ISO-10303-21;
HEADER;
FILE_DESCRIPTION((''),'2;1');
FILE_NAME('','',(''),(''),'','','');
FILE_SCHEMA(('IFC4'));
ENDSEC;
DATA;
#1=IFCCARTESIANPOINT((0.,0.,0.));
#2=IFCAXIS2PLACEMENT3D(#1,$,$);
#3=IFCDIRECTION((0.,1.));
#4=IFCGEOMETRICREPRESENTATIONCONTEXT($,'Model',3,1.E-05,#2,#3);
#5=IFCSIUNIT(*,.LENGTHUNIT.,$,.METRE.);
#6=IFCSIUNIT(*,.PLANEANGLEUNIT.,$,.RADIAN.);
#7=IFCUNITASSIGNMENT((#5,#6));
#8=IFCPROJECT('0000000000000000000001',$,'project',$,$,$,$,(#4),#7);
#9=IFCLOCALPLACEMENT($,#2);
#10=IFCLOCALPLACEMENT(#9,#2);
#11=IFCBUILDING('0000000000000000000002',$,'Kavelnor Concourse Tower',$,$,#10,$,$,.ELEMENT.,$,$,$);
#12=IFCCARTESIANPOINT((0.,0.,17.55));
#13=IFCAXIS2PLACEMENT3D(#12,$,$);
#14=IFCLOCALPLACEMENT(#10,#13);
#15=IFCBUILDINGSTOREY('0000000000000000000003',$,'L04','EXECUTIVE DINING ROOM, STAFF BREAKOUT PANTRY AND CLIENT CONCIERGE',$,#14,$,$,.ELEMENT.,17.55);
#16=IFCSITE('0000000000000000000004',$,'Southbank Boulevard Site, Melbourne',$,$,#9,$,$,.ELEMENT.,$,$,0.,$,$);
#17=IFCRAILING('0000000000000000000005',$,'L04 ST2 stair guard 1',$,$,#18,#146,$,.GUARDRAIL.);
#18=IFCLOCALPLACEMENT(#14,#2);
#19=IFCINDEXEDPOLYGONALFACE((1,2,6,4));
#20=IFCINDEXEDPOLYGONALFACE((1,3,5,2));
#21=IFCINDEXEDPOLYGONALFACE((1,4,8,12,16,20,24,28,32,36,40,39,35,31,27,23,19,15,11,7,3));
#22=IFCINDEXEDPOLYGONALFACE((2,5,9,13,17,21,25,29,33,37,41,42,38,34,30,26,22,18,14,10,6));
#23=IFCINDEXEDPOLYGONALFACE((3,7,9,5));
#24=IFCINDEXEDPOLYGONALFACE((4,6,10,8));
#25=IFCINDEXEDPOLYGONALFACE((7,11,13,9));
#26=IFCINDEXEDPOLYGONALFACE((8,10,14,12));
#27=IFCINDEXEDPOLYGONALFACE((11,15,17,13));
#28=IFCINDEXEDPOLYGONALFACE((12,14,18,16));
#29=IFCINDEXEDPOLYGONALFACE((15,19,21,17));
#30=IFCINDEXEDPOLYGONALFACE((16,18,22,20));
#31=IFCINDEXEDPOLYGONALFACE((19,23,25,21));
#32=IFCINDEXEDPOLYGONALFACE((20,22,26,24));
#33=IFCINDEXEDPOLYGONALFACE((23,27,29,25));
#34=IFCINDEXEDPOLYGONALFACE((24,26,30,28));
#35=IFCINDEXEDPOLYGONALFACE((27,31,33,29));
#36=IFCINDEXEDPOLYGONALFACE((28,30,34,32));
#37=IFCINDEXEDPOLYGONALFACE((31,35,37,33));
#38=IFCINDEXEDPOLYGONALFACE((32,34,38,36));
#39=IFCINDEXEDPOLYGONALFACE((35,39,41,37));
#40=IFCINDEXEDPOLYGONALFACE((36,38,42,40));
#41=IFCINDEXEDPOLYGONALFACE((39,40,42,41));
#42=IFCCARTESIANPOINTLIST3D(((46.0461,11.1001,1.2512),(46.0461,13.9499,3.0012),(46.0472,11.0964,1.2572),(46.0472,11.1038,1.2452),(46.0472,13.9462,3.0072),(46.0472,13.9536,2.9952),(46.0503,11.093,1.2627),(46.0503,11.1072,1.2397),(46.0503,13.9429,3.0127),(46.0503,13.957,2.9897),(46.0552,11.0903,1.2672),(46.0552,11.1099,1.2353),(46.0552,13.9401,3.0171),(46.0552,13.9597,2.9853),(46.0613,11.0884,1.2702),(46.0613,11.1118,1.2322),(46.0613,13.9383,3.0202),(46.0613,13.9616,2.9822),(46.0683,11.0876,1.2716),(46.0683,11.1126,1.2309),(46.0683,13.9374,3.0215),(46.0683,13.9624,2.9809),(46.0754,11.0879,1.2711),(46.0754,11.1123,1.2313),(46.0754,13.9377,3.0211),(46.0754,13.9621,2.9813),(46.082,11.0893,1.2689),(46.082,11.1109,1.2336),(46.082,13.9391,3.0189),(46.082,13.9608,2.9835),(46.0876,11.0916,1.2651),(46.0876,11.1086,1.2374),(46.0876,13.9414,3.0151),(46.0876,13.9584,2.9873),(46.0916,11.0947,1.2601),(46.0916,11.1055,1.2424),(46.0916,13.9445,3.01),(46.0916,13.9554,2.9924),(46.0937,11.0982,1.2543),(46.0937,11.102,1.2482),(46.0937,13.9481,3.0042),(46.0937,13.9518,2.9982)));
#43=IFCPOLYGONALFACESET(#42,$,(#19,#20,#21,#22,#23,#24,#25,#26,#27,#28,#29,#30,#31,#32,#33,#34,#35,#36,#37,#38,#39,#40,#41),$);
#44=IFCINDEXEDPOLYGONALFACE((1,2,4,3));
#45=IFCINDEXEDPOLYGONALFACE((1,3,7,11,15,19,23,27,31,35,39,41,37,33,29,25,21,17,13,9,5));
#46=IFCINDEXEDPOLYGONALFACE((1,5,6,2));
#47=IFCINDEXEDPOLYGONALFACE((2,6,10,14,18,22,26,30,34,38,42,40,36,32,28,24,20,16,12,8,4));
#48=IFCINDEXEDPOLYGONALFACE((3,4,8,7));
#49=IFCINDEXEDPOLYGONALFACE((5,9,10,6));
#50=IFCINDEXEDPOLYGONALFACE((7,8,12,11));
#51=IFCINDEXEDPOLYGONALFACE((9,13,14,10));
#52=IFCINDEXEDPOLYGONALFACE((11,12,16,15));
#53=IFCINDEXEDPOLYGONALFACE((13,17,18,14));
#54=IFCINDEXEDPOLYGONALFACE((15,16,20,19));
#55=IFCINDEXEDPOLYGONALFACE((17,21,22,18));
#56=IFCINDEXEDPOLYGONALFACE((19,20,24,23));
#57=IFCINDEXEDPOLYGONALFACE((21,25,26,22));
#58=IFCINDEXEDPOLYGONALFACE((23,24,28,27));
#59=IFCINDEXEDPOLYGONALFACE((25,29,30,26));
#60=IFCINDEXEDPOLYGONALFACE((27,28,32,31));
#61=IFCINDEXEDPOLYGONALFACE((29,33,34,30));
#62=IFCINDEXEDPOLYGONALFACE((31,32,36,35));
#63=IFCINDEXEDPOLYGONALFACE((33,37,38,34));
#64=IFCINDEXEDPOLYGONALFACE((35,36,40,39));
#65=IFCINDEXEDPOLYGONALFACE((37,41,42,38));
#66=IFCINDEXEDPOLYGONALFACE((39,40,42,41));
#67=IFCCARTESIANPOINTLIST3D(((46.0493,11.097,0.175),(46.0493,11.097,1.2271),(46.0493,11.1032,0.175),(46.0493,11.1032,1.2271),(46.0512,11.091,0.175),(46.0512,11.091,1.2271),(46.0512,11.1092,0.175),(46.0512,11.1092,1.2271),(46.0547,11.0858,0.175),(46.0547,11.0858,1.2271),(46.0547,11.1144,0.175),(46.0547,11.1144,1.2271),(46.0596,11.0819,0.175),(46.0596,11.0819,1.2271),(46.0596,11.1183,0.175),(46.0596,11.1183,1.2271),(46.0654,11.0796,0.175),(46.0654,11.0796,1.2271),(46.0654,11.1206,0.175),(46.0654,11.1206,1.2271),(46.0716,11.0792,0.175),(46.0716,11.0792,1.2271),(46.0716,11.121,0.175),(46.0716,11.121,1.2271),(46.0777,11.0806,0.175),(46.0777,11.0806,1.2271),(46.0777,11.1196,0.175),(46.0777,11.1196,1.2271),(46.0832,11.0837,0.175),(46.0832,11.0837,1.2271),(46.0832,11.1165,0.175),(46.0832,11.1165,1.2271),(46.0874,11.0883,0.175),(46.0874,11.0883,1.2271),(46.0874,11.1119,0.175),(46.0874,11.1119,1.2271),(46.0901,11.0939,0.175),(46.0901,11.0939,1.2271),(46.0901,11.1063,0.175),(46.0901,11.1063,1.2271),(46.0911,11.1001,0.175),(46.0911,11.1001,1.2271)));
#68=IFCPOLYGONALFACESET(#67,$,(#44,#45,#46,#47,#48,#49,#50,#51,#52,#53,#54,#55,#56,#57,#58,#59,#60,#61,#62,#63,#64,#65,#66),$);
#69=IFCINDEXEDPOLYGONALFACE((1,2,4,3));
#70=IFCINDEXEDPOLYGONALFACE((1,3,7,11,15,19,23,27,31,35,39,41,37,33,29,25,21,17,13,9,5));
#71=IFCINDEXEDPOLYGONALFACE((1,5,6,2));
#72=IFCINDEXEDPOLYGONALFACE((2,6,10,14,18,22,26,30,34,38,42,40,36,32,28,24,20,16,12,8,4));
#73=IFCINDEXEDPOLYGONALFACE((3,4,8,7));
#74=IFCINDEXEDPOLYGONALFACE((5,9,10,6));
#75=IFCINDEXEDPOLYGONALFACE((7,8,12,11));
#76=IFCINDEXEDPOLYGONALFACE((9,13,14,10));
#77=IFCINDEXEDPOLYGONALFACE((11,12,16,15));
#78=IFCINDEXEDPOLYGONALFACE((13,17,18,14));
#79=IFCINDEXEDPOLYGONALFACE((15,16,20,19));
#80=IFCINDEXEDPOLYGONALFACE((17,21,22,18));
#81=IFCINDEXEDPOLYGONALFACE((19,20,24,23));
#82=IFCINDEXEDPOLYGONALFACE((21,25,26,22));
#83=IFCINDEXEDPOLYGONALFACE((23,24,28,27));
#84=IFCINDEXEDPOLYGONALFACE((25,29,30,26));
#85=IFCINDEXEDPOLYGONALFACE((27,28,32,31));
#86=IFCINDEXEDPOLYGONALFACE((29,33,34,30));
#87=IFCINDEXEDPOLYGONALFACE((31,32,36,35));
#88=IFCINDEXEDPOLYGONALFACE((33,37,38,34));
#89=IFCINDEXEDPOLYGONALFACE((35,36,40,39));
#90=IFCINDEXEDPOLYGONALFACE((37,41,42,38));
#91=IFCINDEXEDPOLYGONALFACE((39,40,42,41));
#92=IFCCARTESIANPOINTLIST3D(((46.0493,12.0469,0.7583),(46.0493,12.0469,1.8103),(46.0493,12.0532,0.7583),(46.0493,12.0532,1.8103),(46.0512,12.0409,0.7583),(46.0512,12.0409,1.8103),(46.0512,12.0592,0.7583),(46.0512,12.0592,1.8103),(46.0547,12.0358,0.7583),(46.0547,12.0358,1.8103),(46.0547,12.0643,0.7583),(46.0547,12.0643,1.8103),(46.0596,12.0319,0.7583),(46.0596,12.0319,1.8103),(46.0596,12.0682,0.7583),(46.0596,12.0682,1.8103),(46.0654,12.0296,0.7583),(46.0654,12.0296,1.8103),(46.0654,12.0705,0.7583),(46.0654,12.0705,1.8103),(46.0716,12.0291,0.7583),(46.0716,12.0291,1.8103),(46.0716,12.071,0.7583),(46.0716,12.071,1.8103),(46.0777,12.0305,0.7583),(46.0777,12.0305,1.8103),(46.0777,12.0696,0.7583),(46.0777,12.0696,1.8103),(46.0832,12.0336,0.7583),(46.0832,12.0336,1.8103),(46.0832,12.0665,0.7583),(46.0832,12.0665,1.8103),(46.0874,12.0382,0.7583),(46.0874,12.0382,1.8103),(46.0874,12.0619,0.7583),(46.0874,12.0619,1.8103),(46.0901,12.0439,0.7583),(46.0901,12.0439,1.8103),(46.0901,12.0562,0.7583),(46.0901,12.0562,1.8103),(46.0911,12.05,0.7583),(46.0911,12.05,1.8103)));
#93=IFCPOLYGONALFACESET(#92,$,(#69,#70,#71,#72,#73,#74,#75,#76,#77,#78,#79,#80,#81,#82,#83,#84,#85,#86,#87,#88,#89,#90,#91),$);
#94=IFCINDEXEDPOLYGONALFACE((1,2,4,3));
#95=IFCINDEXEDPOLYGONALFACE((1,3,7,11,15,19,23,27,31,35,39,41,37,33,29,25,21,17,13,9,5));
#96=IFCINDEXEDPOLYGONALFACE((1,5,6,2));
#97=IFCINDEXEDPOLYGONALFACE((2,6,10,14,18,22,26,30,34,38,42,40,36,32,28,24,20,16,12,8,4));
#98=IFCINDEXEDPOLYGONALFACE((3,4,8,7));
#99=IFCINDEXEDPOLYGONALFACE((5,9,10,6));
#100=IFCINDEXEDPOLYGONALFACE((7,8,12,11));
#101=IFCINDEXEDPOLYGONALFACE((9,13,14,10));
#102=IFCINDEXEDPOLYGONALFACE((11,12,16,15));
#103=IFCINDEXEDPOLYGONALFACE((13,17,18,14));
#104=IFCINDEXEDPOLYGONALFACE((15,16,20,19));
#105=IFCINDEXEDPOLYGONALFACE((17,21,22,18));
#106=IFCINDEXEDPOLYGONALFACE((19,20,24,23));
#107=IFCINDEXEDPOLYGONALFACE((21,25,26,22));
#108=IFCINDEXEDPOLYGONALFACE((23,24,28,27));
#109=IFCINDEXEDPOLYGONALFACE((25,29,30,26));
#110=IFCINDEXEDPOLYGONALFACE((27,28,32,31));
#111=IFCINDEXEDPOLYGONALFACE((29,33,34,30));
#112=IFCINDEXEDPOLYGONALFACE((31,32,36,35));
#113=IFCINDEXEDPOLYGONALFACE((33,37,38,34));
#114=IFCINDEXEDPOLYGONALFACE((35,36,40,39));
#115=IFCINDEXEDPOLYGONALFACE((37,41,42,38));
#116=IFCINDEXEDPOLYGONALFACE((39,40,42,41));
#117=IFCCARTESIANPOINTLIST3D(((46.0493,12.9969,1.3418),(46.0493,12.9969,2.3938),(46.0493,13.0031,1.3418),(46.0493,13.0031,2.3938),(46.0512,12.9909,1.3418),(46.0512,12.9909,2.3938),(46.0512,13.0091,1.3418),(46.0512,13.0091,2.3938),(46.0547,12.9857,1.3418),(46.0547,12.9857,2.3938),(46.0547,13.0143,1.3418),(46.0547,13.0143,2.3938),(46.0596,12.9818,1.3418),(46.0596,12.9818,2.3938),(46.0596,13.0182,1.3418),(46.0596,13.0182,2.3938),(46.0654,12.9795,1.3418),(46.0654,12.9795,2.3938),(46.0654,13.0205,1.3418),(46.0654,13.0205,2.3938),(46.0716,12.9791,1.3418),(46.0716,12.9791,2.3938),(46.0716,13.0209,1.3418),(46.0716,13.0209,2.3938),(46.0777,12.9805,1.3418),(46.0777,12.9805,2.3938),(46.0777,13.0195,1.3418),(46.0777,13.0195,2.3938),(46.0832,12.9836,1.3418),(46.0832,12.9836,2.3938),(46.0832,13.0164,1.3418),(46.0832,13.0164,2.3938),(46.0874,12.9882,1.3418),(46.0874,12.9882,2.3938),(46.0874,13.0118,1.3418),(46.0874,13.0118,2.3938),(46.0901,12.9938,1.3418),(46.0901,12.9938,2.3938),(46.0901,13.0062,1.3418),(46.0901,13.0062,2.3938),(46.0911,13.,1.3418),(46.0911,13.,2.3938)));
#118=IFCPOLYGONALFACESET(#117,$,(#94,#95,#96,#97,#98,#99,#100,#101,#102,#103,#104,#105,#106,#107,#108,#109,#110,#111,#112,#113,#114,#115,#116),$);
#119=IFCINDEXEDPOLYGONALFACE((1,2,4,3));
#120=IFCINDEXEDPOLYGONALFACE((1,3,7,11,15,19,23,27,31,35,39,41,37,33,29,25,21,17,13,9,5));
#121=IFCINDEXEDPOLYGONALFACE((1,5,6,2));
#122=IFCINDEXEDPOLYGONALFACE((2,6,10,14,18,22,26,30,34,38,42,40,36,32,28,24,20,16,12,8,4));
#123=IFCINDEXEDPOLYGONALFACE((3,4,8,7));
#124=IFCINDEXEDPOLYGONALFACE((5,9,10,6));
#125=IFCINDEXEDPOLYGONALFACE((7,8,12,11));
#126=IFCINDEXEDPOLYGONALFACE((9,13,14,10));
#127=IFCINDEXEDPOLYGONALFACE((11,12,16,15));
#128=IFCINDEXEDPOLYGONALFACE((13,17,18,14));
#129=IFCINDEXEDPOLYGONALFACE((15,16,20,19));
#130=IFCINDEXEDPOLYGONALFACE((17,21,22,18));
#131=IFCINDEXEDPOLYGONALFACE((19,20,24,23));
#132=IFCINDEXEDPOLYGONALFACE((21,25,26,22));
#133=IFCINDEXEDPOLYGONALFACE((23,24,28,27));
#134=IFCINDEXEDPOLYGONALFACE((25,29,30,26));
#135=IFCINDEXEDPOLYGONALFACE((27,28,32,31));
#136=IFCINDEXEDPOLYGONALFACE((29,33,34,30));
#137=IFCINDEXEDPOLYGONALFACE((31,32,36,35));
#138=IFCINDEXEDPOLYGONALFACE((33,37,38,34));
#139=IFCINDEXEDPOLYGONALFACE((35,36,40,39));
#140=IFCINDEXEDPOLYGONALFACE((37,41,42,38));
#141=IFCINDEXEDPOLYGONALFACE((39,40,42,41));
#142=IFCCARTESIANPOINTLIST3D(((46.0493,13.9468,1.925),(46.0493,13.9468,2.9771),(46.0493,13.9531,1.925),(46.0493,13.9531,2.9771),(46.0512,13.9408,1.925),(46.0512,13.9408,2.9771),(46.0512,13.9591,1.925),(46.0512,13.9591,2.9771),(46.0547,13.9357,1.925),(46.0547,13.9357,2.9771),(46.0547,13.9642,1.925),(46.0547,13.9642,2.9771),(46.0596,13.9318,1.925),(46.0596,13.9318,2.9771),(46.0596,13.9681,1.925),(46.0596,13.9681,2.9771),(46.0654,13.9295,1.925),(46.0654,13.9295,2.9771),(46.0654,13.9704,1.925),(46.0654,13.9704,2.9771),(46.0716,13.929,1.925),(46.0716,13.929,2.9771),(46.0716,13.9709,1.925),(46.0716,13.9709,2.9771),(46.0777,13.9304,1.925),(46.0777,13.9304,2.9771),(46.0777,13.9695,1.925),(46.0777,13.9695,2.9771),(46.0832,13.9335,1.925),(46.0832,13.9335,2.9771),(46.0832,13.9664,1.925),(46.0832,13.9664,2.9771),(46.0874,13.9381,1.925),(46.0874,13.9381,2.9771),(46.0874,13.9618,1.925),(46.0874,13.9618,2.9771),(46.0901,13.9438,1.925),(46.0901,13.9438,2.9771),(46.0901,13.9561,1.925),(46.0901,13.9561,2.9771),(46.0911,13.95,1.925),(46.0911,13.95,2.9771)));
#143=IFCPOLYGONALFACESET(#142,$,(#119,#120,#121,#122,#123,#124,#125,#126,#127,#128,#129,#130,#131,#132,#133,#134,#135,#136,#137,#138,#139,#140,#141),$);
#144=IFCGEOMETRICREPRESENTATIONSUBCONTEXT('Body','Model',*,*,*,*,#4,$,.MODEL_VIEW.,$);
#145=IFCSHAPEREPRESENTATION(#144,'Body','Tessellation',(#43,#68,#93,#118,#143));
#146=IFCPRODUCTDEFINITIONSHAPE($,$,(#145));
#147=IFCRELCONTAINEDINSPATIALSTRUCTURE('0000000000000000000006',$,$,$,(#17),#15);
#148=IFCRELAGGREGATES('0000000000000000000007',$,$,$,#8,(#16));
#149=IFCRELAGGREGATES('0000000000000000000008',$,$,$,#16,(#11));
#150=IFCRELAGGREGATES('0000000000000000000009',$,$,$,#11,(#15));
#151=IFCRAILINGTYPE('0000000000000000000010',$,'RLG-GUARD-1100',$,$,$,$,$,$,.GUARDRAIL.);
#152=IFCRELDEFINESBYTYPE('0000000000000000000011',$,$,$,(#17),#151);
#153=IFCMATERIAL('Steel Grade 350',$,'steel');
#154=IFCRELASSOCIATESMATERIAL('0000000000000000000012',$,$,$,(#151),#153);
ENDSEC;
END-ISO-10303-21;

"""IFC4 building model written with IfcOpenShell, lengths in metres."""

from ifc_helpers import new_model, si_unit, direction, frame, origin, origin_2d, place, context, subcontext, project, spatial, circle, extrude, material, type_object, element, save


model = new_model("IFC4")

# Units and contexts
model_context = context("Model", 3, precision=1e-05, world=origin(), true_north=direction((0.0, 1.0)))
body_context = subcontext(model_context, "Body", "Model", "MODEL_VIEW")
ifc_project = project(units=[si_unit("LENGTHUNIT", "METRE"), si_unit("PLANEANGLEUNIT", "RADIAN")], contexts=[model_context])

# Site, building, storey
site_placement = place(None, origin())
site = spatial("IfcSite", under=ifc_project, at=site_placement, Name="Southbank Boulevard Site, Melbourne", CompositionType="ELEMENT", RefElevation=0.0)
building_placement = place(site_placement, origin())
building = spatial("IfcBuilding", under=site, at=building_placement, Name="Kavelnor Concourse Tower", CompositionType="ELEMENT")
storey_placement = place(building_placement, frame((0.0, 0.0, 17.55)))
storey = spatial("IfcBuildingStorey", under=building, at=storey_placement, Name="L04", Description="EXECUTIVE DINING ROOM, STAFF BREAKOUT PANTRY AND CLIENT CONCIERGE", CompositionType="ELEMENT", Elevation=17.55)

# Shared definitions
ifc_material_1 = material(Name="Steel Grade 350", Category="steel")

# Railing
railing_type_1 = type_object("IfcRailingType", Name="RLG-GUARD-1100", PredefinedType="GUARDRAIL", material=ifc_material_1)
railing_1_placement = place(storey_placement, frame((46.0701, 11.1001, 0.175)))
element("IfcRailing", 1, at=railing_1_placement, inside=storey, type_object=railing_type_1, Name="L04 ST2 stair guard 1", PredefinedType="GUARDRAIL", context=body_context, shape_type="SweptSolid", body=[
    extrude(circle(Radius=0.0239, at=origin_2d()), frame((0.0, 0.0, 1.0762), z_axis=(0.0, 0.852159, 0.523283), x_axis=(-1.0, 0.0, 0.0)), (0.0, 0.0, 1.0), 3.3442),
    extrude(circle(Radius=0.021, at=origin_2d()), origin(), (0.0, 0.0, 1.0), 1.052),
    extrude(circle(Radius=0.021, at=origin_2d()), frame((0.0, 0.95, 0.5833)), (0.0, 0.0, 1.0), 1.052),
    extrude(circle(Radius=0.021, at=origin_2d()), frame((0.0, 1.8999, 1.1667)), (0.0, 0.0, 1.0), 1.052),
    extrude(circle(Radius=0.021, at=origin_2d()), frame((0.0, 2.8499, 1.75)), (0.0, 0.0, 1.0), 1.052),
])

save(model, "model.ifc")
